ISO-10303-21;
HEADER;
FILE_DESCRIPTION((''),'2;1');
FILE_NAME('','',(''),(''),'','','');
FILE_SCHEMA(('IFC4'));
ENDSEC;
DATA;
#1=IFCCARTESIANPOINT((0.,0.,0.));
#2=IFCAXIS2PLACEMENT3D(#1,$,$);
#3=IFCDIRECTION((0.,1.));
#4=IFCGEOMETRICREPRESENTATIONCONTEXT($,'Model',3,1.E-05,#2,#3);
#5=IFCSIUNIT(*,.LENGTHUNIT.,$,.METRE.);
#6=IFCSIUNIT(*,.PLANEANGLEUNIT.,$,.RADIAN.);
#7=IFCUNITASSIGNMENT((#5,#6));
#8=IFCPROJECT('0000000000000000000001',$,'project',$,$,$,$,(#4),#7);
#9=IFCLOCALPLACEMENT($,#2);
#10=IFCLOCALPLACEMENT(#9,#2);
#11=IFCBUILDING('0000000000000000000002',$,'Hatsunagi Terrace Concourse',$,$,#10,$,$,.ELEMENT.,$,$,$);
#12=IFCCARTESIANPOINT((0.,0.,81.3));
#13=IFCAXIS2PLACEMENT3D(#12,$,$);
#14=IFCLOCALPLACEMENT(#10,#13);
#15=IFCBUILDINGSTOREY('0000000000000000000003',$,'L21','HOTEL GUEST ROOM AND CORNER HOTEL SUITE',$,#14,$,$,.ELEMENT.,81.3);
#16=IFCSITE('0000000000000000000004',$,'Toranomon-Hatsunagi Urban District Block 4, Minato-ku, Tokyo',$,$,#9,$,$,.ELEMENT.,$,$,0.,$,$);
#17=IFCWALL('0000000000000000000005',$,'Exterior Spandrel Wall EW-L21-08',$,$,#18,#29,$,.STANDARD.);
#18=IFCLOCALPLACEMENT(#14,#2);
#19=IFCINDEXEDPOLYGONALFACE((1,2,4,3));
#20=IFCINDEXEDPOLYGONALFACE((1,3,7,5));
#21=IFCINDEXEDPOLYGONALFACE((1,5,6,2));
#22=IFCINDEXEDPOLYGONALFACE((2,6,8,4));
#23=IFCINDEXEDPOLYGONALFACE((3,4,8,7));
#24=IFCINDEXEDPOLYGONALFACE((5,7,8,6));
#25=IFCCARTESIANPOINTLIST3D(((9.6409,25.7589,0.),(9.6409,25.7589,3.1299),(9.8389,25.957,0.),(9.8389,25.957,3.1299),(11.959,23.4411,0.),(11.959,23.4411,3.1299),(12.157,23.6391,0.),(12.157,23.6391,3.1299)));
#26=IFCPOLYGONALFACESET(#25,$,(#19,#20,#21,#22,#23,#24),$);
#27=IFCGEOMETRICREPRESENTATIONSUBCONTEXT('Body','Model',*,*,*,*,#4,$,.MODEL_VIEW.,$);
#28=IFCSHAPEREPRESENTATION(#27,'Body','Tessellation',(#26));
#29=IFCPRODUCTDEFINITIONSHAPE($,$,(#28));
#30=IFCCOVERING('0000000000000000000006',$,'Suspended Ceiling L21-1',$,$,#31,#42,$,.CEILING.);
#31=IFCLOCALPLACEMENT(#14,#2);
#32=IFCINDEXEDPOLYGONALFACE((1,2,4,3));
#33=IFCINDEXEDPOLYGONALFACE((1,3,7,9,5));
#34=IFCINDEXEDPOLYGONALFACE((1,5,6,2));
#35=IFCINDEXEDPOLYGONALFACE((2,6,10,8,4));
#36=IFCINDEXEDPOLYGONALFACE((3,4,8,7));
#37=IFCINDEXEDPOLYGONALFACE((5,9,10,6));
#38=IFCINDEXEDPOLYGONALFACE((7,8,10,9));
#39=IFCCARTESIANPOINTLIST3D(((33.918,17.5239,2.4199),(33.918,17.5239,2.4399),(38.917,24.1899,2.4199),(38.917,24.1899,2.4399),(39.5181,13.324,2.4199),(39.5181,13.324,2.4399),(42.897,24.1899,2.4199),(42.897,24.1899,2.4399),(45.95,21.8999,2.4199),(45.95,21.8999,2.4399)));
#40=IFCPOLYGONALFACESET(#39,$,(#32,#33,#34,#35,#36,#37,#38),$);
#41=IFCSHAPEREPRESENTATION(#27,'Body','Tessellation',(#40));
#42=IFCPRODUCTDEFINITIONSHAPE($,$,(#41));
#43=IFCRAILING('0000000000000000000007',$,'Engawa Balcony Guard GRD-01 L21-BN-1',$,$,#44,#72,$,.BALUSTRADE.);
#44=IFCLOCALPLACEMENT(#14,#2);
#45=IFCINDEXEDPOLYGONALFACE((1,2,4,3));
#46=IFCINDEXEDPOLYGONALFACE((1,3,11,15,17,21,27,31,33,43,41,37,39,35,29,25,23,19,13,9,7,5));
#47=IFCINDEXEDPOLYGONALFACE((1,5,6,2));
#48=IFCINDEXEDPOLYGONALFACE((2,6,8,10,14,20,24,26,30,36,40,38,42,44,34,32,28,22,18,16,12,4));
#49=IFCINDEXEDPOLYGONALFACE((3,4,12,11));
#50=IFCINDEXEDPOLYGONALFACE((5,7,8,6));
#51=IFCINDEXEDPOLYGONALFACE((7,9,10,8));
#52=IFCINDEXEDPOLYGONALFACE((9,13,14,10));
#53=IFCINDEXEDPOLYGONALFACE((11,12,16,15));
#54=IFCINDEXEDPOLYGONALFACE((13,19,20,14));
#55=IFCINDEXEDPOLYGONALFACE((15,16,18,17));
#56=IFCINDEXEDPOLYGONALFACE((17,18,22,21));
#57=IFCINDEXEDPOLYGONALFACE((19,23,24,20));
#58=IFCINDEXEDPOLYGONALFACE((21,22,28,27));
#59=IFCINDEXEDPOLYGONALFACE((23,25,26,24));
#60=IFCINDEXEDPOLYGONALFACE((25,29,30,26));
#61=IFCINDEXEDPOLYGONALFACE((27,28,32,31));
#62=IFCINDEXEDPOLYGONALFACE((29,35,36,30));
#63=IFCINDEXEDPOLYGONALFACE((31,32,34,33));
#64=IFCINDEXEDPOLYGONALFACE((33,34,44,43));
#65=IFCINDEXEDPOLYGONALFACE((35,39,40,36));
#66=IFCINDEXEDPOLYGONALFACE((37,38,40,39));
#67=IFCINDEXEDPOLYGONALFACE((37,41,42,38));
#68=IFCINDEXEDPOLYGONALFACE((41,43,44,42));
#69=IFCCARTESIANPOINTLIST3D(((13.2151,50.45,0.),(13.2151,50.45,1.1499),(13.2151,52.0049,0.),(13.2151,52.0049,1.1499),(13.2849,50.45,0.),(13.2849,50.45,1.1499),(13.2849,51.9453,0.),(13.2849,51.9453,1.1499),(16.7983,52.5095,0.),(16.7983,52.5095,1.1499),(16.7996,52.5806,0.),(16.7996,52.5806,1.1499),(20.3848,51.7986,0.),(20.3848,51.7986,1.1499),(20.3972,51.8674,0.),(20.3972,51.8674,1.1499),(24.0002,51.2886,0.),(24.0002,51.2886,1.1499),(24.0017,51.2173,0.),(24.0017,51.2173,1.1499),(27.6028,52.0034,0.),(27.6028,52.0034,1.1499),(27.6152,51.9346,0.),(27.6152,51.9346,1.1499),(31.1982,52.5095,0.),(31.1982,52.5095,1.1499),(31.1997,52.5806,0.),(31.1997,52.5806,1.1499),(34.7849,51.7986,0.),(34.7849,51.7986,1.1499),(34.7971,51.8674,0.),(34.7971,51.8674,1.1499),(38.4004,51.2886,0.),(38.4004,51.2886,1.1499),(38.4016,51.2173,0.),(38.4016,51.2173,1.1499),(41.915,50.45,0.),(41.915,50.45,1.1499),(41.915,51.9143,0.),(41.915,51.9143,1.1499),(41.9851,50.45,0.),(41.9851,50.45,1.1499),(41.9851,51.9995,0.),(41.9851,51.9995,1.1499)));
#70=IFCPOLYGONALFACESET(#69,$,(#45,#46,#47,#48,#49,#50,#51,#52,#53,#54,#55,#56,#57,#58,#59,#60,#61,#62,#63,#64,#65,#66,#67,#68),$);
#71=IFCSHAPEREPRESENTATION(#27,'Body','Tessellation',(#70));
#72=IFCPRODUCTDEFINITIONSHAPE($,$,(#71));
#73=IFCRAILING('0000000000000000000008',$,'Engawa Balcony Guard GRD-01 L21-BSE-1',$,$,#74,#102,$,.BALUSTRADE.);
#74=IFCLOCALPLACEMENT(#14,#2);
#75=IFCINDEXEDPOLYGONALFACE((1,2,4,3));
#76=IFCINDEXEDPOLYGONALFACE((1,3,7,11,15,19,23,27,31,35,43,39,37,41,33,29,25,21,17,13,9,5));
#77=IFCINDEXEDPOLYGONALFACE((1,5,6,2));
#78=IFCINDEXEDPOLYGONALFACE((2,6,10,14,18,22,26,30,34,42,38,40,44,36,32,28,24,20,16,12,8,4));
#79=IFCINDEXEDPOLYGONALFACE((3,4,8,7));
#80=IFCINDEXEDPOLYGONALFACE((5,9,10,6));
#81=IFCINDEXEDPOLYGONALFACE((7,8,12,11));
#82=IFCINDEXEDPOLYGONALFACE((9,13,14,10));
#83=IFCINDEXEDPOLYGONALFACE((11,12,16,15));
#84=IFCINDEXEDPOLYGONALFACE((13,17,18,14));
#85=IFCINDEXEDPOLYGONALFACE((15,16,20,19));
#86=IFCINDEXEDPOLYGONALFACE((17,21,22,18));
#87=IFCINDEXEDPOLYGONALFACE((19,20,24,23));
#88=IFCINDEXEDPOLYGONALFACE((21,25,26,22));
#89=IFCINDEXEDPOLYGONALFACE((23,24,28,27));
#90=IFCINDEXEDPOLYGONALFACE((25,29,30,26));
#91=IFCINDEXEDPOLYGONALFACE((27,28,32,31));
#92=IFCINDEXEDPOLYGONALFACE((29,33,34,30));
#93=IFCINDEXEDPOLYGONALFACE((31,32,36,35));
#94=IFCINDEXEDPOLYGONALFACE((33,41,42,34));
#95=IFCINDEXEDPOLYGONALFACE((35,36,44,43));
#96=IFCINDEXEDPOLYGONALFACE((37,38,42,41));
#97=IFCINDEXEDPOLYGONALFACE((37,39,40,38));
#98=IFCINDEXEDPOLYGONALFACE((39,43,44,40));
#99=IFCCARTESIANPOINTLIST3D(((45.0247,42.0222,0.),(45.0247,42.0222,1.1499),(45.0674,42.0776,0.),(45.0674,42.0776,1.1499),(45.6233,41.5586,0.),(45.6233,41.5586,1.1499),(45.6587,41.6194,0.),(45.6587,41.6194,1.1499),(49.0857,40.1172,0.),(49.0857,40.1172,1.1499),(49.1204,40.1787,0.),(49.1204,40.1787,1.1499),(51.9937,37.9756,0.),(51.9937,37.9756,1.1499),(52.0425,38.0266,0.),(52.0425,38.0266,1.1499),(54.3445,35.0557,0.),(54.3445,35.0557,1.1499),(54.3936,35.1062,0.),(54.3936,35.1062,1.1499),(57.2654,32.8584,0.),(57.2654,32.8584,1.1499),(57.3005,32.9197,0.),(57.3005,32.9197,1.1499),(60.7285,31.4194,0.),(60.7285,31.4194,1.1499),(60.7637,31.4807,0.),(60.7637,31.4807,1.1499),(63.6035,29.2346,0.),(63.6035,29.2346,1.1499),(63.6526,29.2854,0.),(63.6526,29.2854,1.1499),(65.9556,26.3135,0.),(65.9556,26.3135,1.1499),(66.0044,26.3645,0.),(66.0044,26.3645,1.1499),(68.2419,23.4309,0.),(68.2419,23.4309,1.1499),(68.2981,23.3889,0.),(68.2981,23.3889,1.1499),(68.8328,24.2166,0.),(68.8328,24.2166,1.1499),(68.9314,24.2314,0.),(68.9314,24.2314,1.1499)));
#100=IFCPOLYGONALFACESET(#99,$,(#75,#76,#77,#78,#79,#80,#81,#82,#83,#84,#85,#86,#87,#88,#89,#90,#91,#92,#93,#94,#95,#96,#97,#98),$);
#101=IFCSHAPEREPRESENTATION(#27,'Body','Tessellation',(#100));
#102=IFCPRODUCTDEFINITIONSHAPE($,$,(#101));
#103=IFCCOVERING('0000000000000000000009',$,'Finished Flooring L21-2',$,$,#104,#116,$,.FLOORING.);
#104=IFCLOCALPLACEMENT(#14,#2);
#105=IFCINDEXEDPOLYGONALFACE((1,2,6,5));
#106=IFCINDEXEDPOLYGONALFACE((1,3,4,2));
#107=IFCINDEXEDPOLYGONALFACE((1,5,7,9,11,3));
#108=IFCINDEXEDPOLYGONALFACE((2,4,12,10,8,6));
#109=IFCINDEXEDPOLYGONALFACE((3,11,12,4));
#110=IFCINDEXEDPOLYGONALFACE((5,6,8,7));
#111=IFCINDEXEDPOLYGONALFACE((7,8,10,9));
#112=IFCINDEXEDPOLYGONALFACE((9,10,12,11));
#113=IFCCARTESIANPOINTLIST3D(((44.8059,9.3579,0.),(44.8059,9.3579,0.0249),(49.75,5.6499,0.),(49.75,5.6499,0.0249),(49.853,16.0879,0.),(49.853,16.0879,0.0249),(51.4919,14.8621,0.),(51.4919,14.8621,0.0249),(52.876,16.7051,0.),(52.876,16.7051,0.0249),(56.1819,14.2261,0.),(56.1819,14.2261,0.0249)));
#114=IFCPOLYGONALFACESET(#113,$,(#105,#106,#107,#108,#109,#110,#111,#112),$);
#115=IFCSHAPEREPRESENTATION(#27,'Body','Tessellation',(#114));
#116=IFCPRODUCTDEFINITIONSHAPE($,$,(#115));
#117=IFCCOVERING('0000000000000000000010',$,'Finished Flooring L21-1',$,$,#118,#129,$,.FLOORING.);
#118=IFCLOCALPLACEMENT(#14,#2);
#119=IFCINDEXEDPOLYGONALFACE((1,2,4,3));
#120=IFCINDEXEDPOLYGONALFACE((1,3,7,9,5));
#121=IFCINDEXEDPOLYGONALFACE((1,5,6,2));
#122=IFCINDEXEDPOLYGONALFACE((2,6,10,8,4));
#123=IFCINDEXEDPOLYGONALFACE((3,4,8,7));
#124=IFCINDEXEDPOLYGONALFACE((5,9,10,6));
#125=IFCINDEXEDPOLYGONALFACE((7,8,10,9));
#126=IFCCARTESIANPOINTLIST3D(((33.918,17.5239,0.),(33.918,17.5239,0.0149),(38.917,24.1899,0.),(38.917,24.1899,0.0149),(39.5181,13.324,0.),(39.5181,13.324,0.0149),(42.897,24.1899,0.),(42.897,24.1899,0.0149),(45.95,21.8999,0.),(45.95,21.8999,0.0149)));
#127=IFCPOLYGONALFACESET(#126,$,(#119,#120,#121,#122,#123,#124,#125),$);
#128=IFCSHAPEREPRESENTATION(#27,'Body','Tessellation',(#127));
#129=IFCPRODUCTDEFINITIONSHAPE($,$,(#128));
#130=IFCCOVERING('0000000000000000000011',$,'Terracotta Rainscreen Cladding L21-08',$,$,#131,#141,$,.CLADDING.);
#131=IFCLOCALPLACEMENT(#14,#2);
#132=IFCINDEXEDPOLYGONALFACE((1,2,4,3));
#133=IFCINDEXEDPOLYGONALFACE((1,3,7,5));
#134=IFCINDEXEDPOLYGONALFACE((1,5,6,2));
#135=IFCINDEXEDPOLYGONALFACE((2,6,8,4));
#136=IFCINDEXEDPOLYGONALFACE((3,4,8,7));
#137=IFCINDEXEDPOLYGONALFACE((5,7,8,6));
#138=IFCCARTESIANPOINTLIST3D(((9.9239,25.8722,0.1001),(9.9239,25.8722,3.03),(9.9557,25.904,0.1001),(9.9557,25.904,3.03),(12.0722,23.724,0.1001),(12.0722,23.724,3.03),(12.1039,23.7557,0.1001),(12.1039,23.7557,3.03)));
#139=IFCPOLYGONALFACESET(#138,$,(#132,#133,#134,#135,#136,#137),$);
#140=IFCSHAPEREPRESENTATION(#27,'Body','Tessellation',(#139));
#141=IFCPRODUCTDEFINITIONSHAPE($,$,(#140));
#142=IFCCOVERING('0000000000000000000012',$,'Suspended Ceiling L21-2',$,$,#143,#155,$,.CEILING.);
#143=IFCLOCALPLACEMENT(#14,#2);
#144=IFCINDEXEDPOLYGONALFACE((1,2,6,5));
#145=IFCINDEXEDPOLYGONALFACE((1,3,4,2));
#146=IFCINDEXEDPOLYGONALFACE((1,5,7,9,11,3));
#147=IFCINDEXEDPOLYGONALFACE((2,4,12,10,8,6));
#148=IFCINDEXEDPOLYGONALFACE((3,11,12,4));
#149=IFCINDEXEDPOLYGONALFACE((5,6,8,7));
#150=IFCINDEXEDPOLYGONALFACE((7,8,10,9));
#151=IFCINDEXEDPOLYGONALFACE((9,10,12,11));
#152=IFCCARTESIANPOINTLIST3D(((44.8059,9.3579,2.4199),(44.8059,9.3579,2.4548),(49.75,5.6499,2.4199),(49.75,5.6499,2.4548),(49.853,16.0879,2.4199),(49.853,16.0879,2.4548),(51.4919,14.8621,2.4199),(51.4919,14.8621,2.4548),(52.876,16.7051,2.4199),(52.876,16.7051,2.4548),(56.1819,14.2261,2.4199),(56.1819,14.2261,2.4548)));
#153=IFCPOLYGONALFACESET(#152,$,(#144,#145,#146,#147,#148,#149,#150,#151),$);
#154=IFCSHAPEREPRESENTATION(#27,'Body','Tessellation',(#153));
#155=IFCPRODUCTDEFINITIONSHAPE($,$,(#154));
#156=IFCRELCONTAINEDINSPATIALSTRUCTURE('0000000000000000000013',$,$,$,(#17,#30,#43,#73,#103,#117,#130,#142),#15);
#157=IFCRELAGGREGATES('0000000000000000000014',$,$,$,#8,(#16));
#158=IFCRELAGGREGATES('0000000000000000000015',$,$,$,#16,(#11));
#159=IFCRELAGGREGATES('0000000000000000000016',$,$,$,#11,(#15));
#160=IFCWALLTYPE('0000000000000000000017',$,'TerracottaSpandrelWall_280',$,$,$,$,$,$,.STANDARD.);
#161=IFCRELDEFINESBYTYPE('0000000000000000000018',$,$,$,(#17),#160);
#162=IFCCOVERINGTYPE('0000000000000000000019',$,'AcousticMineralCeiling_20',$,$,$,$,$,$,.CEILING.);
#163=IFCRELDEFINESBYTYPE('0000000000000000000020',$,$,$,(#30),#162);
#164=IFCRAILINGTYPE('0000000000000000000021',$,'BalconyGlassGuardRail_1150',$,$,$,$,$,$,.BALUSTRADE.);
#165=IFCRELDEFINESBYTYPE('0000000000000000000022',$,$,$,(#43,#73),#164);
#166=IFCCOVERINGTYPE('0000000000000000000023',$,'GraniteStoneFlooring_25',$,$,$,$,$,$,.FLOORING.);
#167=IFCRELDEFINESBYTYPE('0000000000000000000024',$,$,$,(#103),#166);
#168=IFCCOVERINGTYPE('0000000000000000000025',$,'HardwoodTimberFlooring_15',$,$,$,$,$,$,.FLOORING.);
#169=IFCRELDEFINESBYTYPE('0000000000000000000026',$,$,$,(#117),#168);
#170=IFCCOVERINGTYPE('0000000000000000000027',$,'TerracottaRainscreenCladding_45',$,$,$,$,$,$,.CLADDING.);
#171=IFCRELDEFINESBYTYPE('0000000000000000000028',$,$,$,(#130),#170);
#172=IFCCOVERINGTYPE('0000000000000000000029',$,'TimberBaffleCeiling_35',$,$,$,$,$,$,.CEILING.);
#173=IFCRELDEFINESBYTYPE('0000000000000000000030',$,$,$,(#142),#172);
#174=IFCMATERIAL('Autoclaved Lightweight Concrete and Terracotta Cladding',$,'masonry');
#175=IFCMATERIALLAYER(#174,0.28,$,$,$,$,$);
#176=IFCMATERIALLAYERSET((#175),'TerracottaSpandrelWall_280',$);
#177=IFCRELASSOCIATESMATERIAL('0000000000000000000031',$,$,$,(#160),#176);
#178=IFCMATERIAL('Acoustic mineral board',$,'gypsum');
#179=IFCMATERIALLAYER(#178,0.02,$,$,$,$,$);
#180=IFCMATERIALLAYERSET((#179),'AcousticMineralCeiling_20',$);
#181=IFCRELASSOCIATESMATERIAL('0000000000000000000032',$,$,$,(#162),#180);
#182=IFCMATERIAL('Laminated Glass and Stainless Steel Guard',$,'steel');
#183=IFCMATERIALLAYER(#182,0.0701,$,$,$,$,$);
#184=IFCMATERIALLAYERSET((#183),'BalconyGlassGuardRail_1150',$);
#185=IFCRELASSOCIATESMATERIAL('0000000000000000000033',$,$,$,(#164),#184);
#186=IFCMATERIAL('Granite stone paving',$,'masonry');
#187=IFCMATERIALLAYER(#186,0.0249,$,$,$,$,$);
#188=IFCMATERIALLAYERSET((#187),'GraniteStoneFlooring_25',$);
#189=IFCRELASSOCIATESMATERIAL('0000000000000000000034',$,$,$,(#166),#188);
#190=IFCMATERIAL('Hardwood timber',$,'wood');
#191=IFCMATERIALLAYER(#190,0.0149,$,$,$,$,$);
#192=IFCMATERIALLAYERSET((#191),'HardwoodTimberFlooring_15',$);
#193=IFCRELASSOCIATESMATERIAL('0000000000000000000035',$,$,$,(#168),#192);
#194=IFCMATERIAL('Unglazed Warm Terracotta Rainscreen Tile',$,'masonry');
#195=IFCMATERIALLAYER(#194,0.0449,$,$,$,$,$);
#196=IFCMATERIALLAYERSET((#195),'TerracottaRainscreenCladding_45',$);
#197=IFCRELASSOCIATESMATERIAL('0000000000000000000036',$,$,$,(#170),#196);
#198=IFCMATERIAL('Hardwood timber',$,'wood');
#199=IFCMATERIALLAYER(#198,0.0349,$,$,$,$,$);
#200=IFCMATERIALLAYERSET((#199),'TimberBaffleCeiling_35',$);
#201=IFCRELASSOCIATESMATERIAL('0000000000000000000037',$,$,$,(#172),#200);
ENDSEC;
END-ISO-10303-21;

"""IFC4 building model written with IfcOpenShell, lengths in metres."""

from ifc_helpers import new_model, si_unit, direction, frame, frame_2d, origin, origin_2d, place, context, subcontext, project, spatial, polyline, rectangle, outline, extrude, material, layer, layer_set, type_object, element, save


model = new_model("IFC4")

# Units and contexts
model_context = context("Model", 3, precision=1e-05, world=origin(), true_north=direction((0.0, 1.0)))
body_context = subcontext(model_context, "Body", "Model", "MODEL_VIEW")
ifc_project = project(units=[si_unit("LENGTHUNIT", "METRE"), si_unit("PLANEANGLEUNIT", "RADIAN")], contexts=[model_context])

# Site, building, storey
site_placement = place(None, origin())
site = spatial("IfcSite", under=ifc_project, at=site_placement, Name="Toranomon-Hatsunagi Urban District Block 4, Minato-ku, Tokyo", CompositionType="ELEMENT", RefElevation=0.0)
building_placement = place(site_placement, origin())
building = spatial("IfcBuilding", under=site, at=building_placement, Name="Hatsunagi Terrace Concourse", CompositionType="ELEMENT")
storey_placement = place(building_placement, frame((0.0, 0.0, 81.3)))
storey = spatial("IfcBuildingStorey", under=building, at=storey_placement, Name="L21", Description="HOTEL GUEST ROOM AND CORNER HOTEL SUITE", CompositionType="ELEMENT", Elevation=81.3)

# Wall
ifc_material_1 = material(Name="Autoclaved Lightweight Concrete and Terracotta Cladding", Category="masonry")
ifc_layer_1 = layer(ifc_material_1, 0.28)
ifc_layer_set_1 = layer_set([ifc_layer_1], Name="TerracottaSpandrelWall_280")
wall_type = type_object("IfcWallType", Name="TerracottaSpandrelWall_280", PredefinedType="STANDARD", material=ifc_layer_set_1)
wall_placement = place(storey_placement, frame((12.0581, 23.54, 0.0), z_axis=(0.0, 0.0, 1.0), x_axis=(-0.707144, 0.70707, 0.0)))
element("IfcWall", 1, at=wall_placement, inside=storey, type_object=wall_type, Name="Exterior Spandrel Wall EW-L21-08", PredefinedType="STANDARD", context=body_context, shape_type="SweptSolid", body=[
    extrude(rectangle(XDim=3.2781, YDim=0.28, at=frame_2d((1.6392, 0.0))), origin(), (0.0, 0.0, 1.0), 3.1299),
])

# Covering
ifc_material_2 = material(Name="Acoustic mineral board", Category="gypsum")
ifc_layer_2 = layer(ifc_material_2, 0.02)
ifc_layer_set_2 = layer_set([ifc_layer_2], Name="AcousticMineralCeiling_20")
covering_type_1 = type_object("IfcCoveringType", Name="AcousticMineralCeiling_20", PredefinedType="CEILING", material=ifc_layer_set_2)
covering_1_placement = place(storey_placement, frame((0.0, 0.0, 2.4199)))
element("IfcCovering", 2, at=covering_1_placement, inside=storey, type_object=covering_type_1, Name="Suspended Ceiling L21-1", PredefinedType="CEILING", context=body_context, shape_type="SweptSolid", body=[
    extrude(outline(polyline([(39.5181, 13.324), (45.95, 21.8999), (42.897, 24.1899), (38.917, 24.1899), (33.918, 17.5239), (39.5181, 13.324)])), origin(), (0.0, 0.0, 1.0), 0.02),
])

# Railings
ifc_material_3 = material(Name="Laminated Glass and Stainless Steel Guard", Category="steel")
ifc_layer_3 = layer(ifc_material_3, 0.0701)
ifc_layer_set_3 = layer_set([ifc_layer_3], Name="BalconyGlassGuardRail_1150")
railing_type = type_object("IfcRailingType", Name="BalconyGlassGuardRail_1150", PredefinedType="BALUSTRADE", material=ifc_layer_set_3)
railing_1_placement = place(storey_placement, origin())
element("IfcRailing", 3, at=railing_1_placement, inside=storey, type_object=railing_type, Name="Engawa Balcony Guard GRD-01 L21-BN-1", PredefinedType="BALUSTRADE", context=body_context, shape_type="SweptSolid", body=[
    extrude(outline(polyline([(13.2151, 50.45), (13.2849, 50.45), (13.2849, 51.9453), (16.7983, 52.5095), (20.3848, 51.7986), (24.0017, 51.2173), (27.6152, 51.9346), (31.1982, 52.5095), (34.7849, 51.7986), (38.4016, 51.2173), (41.915, 51.9143), (41.915, 50.45), (41.9851, 50.45), (41.9851, 51.9995), (38.4004, 51.2886), (34.7971, 51.8674), (31.1997, 52.5806), (27.6028, 52.0034), (24.0002, 51.2886), (20.3972, 51.8674), (16.7996, 52.5806), (13.2151, 52.0049), (13.2151, 50.45)])), origin(), (0.0, 0.0, 1.0), 1.1499),
])
railing_2_placement = place(storey_placement, origin())
element("IfcRailing", 4, at=railing_2_placement, inside=storey, type_object=railing_type, Name="Engawa Balcony Guard GRD-01 L21-BSE-1", PredefinedType="BALUSTRADE", context=body_context, shape_type="SweptSolid", body=[
    extrude(outline(polyline([(45.0674, 42.0776), (45.0247, 42.0222), (45.6233, 41.5586), (49.0857, 40.1172), (51.9937, 37.9756), (54.3445, 35.0557), (57.2654, 32.8584), (60.7285, 31.4194), (63.6035, 29.2346), (65.9556, 26.3135), (68.8328, 24.2166), (68.2419, 23.4309), (68.2981, 23.3889), (68.9314, 24.2314), (66.0044, 26.3645), (63.6526, 29.2854), (60.7637, 31.4807), (57.3005, 32.9197), (54.3936, 35.1062), (52.0425, 38.0266), (49.1204, 40.1787), (45.6587, 41.6194), (45.0674, 42.0776)])), origin(), (0.0, 0.0, 1.0), 1.1499),
])

# Coverings
ifc_material_4 = material(Name="Granite stone paving", Category="masonry")
ifc_layer_4 = layer(ifc_material_4, 0.0249)
ifc_layer_set_4 = layer_set([ifc_layer_4], Name="GraniteStoneFlooring_25")
covering_type_2 = type_object("IfcCoveringType", Name="GraniteStoneFlooring_25", PredefinedType="FLOORING", material=ifc_layer_set_4)
covering_2_placement = place(storey_placement, origin())
element("IfcCovering", 5, at=covering_2_placement, inside=storey, type_object=covering_type_2, Name="Finished Flooring L21-2", PredefinedType="FLOORING", context=body_context, shape_type="SweptSolid", body=[
    extrude(outline(polyline([(49.75, 5.6499), (56.1819, 14.2261), (52.876, 16.7051), (51.4919, 14.8621), (49.853, 16.0879), (44.8059, 9.3579), (49.75, 5.6499)])), origin(), (0.0, 0.0, 1.0), 0.0249),
])
ifc_material_5 = material(Name="Hardwood timber", Category="wood")
ifc_layer_5 = layer(ifc_material_5, 0.0149)
ifc_layer_set_5 = layer_set([ifc_layer_5], Name="HardwoodTimberFlooring_15")
covering_type_3 = type_object("IfcCoveringType", Name="HardwoodTimberFlooring_15", PredefinedType="FLOORING", material=ifc_layer_set_5)
covering_3_placement = place(storey_placement, origin())
element("IfcCovering", 6, at=covering_3_placement, inside=storey, type_object=covering_type_3, Name="Finished Flooring L21-1", PredefinedType="FLOORING", context=body_context, shape_type="SweptSolid", body=[
    extrude(outline(polyline([(39.5181, 13.324), (45.95, 21.8999), (42.897, 24.1899), (38.917, 24.1899), (33.918, 17.5239), (39.5181, 13.324)])), origin(), (0.0, 0.0, 1.0), 0.0149),
])
ifc_material_6 = material(Name="Unglazed Warm Terracotta Rainscreen Tile", Category="masonry")
ifc_layer_6 = layer(ifc_material_6, 0.0449)
ifc_layer_set_6 = layer_set([ifc_layer_6], Name="TerracottaRainscreenCladding_45")
covering_type_4 = type_object("IfcCoveringType", Name="TerracottaRainscreenCladding_45", PredefinedType="CLADDING", material=ifc_layer_set_6)
covering_4_placement = place(storey_placement, frame((11.0139, 24.814, 0.1001), z_axis=(0.0, 0.0, 1.0), x_axis=(-0.707107, 0.707107, 0.0)))
element("IfcCovering", 7, at=covering_4_placement, inside=storey, type_object=covering_type_4, Name="Terracotta Rainscreen Cladding L21-08", PredefinedType="CLADDING", context=body_context, shape_type="SweptSolid", body=[
    extrude(rectangle(XDim=3.0381, YDim=0.0449, at=origin_2d()), origin(), (0.0, 0.0, 1.0), 2.9299),
])
ifc_material_7 = material(Name="Hardwood timber", Category="wood")
ifc_layer_7 = layer(ifc_material_7, 0.0349)
ifc_layer_set_7 = layer_set([ifc_layer_7], Name="TimberBaffleCeiling_35")
covering_type_5 = type_object("IfcCoveringType", Name="TimberBaffleCeiling_35", PredefinedType="CEILING", material=ifc_layer_set_7)
covering_5_placement = place(storey_placement, frame((0.0, 0.0, 2.4199)))
element("IfcCovering", 8, at=covering_5_placement, inside=storey, type_object=covering_type_5, Name="Suspended Ceiling L21-2", PredefinedType="CEILING", context=body_context, shape_type="SweptSolid", body=[
    extrude(outline(polyline([(49.75, 5.6499), (56.1819, 14.2261), (52.876, 16.7051), (51.4919, 14.8621), (49.853, 16.0879), (44.8059, 9.3579), (49.75, 5.6499)])), origin(), (0.0, 0.0, 1.0), 0.0349),
])

save(model, "model.ifc")
